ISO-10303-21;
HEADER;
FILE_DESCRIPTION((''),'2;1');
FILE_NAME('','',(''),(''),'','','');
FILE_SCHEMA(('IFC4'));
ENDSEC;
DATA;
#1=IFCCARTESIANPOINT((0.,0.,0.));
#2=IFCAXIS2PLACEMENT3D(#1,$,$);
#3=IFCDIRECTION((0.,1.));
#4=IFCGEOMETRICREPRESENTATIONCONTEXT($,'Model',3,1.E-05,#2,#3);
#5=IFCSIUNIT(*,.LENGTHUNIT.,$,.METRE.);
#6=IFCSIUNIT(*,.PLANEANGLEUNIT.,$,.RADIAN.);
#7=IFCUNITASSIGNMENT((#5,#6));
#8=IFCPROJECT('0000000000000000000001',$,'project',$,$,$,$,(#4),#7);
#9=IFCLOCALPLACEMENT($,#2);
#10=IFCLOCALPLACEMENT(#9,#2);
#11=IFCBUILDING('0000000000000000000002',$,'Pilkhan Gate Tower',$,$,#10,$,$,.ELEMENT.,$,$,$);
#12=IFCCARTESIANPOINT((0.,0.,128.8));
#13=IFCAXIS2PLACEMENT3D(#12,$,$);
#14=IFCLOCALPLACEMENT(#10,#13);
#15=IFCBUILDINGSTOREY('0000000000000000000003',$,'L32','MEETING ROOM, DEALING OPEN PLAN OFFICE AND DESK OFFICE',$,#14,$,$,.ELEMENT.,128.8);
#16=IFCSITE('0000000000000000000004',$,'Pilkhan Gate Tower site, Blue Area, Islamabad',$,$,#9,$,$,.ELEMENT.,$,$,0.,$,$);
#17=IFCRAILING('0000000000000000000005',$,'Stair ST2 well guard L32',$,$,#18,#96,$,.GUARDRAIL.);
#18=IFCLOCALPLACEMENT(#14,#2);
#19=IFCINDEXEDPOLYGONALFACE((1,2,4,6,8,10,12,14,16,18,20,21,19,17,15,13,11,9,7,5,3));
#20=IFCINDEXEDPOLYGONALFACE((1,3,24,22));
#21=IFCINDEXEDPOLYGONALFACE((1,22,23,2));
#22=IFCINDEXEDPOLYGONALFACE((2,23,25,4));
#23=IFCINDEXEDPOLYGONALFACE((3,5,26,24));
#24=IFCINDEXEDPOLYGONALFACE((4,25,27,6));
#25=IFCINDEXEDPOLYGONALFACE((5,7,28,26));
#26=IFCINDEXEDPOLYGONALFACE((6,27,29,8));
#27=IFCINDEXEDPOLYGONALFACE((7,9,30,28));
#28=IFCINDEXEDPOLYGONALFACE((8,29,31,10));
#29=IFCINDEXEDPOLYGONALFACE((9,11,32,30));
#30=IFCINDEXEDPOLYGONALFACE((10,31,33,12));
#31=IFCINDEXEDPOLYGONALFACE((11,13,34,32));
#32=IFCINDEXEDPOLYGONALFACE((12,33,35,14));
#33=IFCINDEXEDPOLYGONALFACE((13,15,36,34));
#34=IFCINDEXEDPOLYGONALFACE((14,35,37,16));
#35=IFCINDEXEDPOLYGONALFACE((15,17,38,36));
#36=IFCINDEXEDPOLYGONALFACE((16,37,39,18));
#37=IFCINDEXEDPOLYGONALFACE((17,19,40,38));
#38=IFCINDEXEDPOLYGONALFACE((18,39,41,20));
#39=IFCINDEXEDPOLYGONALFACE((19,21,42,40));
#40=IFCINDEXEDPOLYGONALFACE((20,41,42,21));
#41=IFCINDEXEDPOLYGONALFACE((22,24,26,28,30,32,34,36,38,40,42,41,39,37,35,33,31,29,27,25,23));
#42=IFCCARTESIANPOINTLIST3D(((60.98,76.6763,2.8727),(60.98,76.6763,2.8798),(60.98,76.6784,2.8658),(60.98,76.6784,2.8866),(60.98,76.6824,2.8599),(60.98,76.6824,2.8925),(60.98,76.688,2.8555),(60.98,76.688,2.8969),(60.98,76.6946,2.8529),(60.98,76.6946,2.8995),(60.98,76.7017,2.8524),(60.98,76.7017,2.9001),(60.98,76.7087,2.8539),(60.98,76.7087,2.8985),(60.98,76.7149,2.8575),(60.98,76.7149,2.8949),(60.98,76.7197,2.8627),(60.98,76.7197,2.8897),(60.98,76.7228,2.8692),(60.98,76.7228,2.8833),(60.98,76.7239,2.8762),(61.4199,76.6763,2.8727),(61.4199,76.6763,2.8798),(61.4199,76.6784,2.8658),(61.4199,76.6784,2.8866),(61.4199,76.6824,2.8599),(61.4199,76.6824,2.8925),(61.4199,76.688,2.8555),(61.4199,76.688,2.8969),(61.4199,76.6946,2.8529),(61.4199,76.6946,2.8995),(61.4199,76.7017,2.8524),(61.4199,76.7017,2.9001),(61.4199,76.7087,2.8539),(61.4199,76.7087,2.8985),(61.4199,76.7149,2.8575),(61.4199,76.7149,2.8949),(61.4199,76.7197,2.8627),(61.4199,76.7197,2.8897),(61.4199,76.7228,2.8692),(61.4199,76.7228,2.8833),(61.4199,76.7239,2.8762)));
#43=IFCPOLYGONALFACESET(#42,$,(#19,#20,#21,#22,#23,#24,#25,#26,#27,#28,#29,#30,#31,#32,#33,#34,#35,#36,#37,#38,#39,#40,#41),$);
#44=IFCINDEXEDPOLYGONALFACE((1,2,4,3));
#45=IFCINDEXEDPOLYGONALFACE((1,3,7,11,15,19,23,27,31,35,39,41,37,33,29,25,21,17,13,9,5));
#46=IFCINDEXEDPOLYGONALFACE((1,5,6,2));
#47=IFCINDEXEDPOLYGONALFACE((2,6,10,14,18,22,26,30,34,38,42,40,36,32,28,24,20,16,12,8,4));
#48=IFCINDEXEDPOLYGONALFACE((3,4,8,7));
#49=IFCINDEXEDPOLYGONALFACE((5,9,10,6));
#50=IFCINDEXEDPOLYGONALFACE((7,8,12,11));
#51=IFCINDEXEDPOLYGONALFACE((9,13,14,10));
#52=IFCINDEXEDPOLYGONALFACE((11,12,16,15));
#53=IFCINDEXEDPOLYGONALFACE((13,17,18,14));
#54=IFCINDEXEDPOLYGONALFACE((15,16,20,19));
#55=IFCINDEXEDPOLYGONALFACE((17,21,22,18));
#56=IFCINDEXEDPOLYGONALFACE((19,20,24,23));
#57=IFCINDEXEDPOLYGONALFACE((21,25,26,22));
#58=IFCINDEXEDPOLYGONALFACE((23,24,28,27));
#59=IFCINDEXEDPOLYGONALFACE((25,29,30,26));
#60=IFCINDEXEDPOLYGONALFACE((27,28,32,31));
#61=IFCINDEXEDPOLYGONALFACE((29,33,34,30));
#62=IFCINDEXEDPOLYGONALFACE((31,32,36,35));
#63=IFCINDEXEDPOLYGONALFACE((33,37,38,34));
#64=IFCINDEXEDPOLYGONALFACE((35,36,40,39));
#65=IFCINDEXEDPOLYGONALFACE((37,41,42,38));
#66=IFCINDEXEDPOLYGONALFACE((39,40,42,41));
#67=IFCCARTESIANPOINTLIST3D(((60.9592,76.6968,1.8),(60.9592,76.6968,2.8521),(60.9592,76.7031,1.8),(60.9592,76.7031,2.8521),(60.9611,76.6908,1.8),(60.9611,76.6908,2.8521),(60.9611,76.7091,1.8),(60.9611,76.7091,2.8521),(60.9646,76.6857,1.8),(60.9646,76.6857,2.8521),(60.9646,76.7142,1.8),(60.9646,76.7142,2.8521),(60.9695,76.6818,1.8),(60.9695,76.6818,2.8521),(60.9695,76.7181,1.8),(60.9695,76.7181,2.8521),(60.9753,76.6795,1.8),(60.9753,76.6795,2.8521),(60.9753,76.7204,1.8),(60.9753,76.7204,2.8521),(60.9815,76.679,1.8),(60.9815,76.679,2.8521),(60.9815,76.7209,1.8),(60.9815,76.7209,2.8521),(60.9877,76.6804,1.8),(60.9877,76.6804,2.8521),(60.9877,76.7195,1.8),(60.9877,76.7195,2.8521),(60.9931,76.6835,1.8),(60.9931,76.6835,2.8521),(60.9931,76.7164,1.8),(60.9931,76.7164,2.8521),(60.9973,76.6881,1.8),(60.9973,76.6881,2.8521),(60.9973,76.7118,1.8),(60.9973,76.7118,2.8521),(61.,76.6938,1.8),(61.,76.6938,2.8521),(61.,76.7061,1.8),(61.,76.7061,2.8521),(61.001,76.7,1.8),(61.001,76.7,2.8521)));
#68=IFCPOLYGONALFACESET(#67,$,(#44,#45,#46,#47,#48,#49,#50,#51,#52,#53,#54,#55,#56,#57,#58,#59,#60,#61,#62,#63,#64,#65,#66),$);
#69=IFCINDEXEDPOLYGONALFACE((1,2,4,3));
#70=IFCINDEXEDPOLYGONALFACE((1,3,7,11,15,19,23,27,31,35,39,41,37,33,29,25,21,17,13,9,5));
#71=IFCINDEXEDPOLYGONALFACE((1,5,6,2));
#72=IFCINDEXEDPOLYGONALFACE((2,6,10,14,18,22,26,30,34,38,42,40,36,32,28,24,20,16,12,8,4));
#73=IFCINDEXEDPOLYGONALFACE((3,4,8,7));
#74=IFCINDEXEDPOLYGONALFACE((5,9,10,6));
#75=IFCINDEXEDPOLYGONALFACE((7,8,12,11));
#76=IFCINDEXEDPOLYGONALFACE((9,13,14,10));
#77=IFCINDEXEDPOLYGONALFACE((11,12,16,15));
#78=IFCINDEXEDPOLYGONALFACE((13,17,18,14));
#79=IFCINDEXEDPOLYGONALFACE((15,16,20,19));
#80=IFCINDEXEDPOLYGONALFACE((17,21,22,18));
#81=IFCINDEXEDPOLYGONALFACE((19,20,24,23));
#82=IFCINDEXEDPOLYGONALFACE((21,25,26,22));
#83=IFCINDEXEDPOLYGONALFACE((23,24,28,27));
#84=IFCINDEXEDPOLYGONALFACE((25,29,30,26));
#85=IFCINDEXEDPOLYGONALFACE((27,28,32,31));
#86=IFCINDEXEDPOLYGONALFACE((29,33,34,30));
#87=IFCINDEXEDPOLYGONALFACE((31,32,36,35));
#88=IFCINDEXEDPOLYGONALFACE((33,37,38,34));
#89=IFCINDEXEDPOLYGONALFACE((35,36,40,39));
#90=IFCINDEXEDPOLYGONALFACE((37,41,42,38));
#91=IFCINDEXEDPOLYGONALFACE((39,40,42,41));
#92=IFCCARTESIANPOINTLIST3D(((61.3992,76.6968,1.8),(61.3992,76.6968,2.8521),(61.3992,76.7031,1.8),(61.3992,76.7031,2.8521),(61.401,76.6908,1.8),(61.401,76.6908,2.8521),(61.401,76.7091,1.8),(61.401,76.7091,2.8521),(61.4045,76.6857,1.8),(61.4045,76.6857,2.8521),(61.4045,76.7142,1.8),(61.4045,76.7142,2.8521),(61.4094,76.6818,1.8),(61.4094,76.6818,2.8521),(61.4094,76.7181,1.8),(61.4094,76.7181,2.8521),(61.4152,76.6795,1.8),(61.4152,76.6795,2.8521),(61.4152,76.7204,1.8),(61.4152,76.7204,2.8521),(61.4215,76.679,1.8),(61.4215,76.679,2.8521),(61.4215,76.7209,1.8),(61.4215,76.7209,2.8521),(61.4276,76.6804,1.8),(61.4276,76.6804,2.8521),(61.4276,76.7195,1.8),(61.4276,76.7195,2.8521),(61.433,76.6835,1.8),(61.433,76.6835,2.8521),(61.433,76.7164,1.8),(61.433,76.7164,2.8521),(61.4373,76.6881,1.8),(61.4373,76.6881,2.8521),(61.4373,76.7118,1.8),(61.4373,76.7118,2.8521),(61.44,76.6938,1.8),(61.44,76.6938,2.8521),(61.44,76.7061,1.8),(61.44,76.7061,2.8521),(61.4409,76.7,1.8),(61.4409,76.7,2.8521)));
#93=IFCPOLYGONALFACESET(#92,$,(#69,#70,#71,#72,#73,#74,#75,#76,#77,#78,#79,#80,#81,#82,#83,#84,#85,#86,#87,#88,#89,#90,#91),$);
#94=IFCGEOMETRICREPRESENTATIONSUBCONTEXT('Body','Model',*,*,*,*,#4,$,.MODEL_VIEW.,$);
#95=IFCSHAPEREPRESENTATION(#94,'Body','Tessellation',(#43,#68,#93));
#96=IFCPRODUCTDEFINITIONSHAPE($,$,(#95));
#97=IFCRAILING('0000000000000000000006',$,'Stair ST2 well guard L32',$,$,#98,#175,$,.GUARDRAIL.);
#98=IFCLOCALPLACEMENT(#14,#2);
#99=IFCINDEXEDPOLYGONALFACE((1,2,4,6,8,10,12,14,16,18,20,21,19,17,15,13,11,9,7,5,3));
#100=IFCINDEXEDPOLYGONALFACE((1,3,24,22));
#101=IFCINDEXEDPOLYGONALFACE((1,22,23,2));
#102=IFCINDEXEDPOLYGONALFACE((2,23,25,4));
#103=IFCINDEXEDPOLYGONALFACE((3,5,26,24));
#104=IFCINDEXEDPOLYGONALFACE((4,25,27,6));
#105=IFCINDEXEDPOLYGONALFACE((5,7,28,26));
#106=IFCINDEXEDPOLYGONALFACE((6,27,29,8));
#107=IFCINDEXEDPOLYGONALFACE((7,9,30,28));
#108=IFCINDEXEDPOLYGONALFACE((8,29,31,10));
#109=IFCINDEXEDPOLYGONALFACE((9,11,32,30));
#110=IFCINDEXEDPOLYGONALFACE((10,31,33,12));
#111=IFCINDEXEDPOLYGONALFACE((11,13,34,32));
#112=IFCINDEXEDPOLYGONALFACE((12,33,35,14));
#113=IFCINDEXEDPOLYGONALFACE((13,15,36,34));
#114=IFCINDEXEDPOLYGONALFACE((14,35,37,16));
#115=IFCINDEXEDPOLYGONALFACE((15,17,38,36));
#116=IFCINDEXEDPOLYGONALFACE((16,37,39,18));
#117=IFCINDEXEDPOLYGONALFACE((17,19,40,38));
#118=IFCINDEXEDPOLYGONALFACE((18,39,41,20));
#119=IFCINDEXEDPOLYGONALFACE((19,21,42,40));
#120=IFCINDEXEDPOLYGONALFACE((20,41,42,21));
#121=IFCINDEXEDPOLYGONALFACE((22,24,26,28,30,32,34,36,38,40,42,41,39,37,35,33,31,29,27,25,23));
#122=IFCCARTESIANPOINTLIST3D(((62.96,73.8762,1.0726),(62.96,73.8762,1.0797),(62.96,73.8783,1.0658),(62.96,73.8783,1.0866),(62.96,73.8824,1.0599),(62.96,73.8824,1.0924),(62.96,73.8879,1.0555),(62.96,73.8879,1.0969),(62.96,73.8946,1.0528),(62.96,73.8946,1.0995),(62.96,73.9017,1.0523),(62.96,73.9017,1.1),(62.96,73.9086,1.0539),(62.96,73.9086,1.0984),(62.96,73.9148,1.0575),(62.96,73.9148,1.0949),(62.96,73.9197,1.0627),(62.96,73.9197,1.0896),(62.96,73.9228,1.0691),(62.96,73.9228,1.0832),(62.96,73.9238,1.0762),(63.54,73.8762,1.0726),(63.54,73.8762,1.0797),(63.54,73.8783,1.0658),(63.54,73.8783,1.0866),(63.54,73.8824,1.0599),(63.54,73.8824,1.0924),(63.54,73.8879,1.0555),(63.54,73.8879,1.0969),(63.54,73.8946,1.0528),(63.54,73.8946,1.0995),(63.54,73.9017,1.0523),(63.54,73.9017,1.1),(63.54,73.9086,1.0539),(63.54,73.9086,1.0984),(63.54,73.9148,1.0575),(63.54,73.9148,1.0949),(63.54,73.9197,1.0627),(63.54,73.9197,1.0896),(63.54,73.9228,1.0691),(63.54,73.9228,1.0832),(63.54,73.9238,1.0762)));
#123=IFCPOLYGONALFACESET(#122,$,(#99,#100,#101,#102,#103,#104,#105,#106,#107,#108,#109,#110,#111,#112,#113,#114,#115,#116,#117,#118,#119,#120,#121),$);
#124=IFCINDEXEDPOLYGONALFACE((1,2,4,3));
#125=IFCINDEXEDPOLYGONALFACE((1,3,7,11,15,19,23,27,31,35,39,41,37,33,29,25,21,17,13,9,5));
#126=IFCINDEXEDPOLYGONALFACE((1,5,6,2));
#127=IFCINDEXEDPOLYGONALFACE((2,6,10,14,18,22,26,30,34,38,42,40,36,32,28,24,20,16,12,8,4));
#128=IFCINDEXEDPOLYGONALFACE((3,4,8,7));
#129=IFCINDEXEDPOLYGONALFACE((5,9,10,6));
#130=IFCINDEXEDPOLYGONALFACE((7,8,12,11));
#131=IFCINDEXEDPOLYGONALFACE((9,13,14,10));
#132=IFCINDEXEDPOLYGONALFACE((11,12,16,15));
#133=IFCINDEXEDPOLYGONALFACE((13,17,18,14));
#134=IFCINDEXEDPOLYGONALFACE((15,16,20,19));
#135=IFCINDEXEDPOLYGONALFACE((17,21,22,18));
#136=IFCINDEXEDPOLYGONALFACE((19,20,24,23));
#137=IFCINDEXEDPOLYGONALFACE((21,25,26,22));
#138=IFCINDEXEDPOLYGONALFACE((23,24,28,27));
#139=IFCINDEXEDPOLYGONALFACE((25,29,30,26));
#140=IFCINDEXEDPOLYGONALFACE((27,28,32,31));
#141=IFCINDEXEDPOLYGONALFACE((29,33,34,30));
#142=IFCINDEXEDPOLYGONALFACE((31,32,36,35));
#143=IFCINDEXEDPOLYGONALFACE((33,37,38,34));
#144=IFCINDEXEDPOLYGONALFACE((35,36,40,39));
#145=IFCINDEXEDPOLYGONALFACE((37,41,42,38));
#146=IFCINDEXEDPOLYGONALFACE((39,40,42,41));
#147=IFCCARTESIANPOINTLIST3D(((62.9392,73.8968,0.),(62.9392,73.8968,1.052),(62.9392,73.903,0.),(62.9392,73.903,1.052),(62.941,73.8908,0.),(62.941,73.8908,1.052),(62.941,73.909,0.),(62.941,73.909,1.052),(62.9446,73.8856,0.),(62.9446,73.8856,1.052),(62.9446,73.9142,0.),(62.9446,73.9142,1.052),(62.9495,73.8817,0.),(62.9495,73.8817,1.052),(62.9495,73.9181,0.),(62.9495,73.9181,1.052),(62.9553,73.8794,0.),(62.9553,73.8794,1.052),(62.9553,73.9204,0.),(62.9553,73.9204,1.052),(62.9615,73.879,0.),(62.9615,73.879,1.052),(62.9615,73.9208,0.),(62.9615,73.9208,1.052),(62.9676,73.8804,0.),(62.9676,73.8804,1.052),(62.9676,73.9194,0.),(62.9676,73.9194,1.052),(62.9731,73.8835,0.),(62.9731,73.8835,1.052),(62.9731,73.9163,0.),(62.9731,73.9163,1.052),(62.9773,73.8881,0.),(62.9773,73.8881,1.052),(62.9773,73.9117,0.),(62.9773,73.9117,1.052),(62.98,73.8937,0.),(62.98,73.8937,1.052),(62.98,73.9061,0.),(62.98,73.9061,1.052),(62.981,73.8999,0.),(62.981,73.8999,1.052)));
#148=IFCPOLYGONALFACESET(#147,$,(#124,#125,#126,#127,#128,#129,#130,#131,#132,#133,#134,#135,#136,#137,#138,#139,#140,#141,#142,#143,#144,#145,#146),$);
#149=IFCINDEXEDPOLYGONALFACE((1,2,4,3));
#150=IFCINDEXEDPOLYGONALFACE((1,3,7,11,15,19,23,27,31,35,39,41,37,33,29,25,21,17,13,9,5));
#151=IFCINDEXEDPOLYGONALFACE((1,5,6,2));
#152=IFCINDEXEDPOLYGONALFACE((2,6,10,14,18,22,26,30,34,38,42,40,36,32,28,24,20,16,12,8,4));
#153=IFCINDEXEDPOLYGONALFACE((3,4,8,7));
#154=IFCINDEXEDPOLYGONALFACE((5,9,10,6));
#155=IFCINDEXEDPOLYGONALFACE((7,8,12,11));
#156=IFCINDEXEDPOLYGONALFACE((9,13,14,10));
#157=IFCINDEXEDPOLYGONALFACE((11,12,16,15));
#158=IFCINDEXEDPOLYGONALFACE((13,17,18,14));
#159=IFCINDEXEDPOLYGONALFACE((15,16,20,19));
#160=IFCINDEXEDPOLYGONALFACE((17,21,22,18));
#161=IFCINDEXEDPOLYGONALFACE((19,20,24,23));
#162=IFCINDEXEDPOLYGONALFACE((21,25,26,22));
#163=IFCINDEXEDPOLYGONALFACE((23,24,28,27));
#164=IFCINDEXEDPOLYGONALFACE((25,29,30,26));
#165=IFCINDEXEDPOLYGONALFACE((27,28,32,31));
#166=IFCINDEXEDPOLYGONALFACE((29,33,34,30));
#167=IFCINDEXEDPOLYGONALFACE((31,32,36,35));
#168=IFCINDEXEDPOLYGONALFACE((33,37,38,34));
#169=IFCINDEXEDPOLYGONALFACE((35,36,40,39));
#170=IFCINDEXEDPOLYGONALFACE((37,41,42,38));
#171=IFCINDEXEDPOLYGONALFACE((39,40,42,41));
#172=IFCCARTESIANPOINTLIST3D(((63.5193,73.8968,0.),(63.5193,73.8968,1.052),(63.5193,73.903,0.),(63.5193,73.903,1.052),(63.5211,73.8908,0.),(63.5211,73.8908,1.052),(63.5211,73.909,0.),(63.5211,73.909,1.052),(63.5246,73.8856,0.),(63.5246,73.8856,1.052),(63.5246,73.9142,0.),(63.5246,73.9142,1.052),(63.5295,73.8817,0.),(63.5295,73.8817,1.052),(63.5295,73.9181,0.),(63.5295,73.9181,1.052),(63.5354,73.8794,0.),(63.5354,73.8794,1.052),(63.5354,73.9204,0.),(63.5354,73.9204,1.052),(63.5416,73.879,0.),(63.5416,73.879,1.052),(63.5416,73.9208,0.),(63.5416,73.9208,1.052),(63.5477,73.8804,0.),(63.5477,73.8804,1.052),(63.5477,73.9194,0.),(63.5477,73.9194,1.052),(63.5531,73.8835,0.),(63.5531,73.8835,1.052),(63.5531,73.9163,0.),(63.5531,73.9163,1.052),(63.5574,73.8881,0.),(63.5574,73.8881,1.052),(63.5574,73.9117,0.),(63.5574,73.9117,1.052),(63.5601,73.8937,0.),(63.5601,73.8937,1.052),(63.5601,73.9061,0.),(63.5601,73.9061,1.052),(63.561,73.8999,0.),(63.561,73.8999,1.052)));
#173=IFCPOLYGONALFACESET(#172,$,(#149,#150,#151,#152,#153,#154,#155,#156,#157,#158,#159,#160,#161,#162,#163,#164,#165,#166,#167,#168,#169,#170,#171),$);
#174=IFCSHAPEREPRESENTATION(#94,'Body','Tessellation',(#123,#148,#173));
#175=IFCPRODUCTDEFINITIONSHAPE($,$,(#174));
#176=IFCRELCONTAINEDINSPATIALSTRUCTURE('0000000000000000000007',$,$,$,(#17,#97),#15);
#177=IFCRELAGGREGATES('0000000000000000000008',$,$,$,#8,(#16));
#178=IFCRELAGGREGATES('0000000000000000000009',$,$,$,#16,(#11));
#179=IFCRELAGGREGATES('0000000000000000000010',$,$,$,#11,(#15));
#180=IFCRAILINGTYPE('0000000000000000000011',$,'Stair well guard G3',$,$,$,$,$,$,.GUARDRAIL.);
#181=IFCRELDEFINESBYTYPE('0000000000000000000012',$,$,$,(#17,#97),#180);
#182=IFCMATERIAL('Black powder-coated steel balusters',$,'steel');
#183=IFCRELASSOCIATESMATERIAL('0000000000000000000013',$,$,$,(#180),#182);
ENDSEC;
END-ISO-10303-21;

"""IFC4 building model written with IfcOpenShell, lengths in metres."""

from ifc_helpers import new_model, si_unit, direction, frame, origin, origin_2d, place, context, subcontext, project, spatial, circle, extrude, material, type_object, element, save


model = new_model("IFC4")

# Units and contexts
model_context = context("Model", 3, precision=1e-05, world=origin(), true_north=direction((0.0, 1.0)))
body_context = subcontext(model_context, "Body", "Model", "MODEL_VIEW")
ifc_project = project(units=[si_unit("LENGTHUNIT", "METRE"), si_unit("PLANEANGLEUNIT", "RADIAN")], contexts=[model_context])

# Site, building, storey
site_placement = place(None, origin())
site = spatial("IfcSite", under=ifc_project, at=site_placement, Name="Pilkhan Gate Tower site, Blue Area, Islamabad", CompositionType="ELEMENT", RefElevation=0.0)
building_placement = place(site_placement, origin())
building = spatial("IfcBuilding", under=site, at=building_placement, Name="Pilkhan Gate Tower", CompositionType="ELEMENT")
storey_placement = place(building_placement, frame((0.0, 0.0, 128.8)))
storey = spatial("IfcBuildingStorey", under=building, at=storey_placement, Name="L32", Description="MEETING ROOM, DEALING OPEN PLAN OFFICE AND DESK OFFICE", CompositionType="ELEMENT", Elevation=128.8)

# Railings
ifc_material_1 = material(Name="Black powder-coated steel balusters", Category="steel")
railing_type_1 = type_object("IfcRailingType", Name="Stair well guard G3", PredefinedType="GUARDRAIL", material=ifc_material_1)
railing_1_placement = place(storey_placement, frame((60.98, 76.7, 1.8)))
element("IfcRailing", 1, at=railing_1_placement, inside=storey, type_object=railing_type_1, Name="Stair ST2 well guard L32", PredefinedType="GUARDRAIL", context=body_context, shape_type="SweptSolid", body=[
    extrude(circle(Radius=0.0239, at=origin_2d()), frame((0.0, 0.0, 1.0762), z_axis=(1.0, 0.0, 0.0), x_axis=(0.0, 1.0, 0.0)), (0.0, 0.0, 1.0), 0.4399),
    extrude(circle(Radius=0.021, at=origin_2d()), origin(), (0.0, 0.0, 1.0), 1.052),
    extrude(circle(Radius=0.021, at=origin_2d()), frame((0.4399, 0.0, 0.0)), (0.0, 0.0, 1.0), 1.052),
])
for number, where, name in (
    (2, (62.96, 73.8999, 0.0), "Stair ST2 well guard L32"),
):
    element("IfcRailing", number, at=place(storey_placement, frame(where)), inside=storey, type_object=railing_type_1, Name=name, PredefinedType="GUARDRAIL", context=body_context, shape_type="SweptSolid", body=[
        extrude(circle(Radius=0.0239, at=origin_2d()), frame((0.0, 0.0, 1.0762), z_axis=(1.0, 0.0, 0.0), x_axis=(0.0, 1.0, 0.0)), (0.0, 0.0, 1.0), 0.5801),
        extrude(circle(Radius=0.021, at=origin_2d()), origin(), (0.0, 0.0, 1.0), 1.052),
        extrude(circle(Radius=0.021, at=origin_2d()), frame((0.5801, 0.0, 0.0)), (0.0, 0.0, 1.0), 1.052),
    ])

save(model, "model.ifc")
